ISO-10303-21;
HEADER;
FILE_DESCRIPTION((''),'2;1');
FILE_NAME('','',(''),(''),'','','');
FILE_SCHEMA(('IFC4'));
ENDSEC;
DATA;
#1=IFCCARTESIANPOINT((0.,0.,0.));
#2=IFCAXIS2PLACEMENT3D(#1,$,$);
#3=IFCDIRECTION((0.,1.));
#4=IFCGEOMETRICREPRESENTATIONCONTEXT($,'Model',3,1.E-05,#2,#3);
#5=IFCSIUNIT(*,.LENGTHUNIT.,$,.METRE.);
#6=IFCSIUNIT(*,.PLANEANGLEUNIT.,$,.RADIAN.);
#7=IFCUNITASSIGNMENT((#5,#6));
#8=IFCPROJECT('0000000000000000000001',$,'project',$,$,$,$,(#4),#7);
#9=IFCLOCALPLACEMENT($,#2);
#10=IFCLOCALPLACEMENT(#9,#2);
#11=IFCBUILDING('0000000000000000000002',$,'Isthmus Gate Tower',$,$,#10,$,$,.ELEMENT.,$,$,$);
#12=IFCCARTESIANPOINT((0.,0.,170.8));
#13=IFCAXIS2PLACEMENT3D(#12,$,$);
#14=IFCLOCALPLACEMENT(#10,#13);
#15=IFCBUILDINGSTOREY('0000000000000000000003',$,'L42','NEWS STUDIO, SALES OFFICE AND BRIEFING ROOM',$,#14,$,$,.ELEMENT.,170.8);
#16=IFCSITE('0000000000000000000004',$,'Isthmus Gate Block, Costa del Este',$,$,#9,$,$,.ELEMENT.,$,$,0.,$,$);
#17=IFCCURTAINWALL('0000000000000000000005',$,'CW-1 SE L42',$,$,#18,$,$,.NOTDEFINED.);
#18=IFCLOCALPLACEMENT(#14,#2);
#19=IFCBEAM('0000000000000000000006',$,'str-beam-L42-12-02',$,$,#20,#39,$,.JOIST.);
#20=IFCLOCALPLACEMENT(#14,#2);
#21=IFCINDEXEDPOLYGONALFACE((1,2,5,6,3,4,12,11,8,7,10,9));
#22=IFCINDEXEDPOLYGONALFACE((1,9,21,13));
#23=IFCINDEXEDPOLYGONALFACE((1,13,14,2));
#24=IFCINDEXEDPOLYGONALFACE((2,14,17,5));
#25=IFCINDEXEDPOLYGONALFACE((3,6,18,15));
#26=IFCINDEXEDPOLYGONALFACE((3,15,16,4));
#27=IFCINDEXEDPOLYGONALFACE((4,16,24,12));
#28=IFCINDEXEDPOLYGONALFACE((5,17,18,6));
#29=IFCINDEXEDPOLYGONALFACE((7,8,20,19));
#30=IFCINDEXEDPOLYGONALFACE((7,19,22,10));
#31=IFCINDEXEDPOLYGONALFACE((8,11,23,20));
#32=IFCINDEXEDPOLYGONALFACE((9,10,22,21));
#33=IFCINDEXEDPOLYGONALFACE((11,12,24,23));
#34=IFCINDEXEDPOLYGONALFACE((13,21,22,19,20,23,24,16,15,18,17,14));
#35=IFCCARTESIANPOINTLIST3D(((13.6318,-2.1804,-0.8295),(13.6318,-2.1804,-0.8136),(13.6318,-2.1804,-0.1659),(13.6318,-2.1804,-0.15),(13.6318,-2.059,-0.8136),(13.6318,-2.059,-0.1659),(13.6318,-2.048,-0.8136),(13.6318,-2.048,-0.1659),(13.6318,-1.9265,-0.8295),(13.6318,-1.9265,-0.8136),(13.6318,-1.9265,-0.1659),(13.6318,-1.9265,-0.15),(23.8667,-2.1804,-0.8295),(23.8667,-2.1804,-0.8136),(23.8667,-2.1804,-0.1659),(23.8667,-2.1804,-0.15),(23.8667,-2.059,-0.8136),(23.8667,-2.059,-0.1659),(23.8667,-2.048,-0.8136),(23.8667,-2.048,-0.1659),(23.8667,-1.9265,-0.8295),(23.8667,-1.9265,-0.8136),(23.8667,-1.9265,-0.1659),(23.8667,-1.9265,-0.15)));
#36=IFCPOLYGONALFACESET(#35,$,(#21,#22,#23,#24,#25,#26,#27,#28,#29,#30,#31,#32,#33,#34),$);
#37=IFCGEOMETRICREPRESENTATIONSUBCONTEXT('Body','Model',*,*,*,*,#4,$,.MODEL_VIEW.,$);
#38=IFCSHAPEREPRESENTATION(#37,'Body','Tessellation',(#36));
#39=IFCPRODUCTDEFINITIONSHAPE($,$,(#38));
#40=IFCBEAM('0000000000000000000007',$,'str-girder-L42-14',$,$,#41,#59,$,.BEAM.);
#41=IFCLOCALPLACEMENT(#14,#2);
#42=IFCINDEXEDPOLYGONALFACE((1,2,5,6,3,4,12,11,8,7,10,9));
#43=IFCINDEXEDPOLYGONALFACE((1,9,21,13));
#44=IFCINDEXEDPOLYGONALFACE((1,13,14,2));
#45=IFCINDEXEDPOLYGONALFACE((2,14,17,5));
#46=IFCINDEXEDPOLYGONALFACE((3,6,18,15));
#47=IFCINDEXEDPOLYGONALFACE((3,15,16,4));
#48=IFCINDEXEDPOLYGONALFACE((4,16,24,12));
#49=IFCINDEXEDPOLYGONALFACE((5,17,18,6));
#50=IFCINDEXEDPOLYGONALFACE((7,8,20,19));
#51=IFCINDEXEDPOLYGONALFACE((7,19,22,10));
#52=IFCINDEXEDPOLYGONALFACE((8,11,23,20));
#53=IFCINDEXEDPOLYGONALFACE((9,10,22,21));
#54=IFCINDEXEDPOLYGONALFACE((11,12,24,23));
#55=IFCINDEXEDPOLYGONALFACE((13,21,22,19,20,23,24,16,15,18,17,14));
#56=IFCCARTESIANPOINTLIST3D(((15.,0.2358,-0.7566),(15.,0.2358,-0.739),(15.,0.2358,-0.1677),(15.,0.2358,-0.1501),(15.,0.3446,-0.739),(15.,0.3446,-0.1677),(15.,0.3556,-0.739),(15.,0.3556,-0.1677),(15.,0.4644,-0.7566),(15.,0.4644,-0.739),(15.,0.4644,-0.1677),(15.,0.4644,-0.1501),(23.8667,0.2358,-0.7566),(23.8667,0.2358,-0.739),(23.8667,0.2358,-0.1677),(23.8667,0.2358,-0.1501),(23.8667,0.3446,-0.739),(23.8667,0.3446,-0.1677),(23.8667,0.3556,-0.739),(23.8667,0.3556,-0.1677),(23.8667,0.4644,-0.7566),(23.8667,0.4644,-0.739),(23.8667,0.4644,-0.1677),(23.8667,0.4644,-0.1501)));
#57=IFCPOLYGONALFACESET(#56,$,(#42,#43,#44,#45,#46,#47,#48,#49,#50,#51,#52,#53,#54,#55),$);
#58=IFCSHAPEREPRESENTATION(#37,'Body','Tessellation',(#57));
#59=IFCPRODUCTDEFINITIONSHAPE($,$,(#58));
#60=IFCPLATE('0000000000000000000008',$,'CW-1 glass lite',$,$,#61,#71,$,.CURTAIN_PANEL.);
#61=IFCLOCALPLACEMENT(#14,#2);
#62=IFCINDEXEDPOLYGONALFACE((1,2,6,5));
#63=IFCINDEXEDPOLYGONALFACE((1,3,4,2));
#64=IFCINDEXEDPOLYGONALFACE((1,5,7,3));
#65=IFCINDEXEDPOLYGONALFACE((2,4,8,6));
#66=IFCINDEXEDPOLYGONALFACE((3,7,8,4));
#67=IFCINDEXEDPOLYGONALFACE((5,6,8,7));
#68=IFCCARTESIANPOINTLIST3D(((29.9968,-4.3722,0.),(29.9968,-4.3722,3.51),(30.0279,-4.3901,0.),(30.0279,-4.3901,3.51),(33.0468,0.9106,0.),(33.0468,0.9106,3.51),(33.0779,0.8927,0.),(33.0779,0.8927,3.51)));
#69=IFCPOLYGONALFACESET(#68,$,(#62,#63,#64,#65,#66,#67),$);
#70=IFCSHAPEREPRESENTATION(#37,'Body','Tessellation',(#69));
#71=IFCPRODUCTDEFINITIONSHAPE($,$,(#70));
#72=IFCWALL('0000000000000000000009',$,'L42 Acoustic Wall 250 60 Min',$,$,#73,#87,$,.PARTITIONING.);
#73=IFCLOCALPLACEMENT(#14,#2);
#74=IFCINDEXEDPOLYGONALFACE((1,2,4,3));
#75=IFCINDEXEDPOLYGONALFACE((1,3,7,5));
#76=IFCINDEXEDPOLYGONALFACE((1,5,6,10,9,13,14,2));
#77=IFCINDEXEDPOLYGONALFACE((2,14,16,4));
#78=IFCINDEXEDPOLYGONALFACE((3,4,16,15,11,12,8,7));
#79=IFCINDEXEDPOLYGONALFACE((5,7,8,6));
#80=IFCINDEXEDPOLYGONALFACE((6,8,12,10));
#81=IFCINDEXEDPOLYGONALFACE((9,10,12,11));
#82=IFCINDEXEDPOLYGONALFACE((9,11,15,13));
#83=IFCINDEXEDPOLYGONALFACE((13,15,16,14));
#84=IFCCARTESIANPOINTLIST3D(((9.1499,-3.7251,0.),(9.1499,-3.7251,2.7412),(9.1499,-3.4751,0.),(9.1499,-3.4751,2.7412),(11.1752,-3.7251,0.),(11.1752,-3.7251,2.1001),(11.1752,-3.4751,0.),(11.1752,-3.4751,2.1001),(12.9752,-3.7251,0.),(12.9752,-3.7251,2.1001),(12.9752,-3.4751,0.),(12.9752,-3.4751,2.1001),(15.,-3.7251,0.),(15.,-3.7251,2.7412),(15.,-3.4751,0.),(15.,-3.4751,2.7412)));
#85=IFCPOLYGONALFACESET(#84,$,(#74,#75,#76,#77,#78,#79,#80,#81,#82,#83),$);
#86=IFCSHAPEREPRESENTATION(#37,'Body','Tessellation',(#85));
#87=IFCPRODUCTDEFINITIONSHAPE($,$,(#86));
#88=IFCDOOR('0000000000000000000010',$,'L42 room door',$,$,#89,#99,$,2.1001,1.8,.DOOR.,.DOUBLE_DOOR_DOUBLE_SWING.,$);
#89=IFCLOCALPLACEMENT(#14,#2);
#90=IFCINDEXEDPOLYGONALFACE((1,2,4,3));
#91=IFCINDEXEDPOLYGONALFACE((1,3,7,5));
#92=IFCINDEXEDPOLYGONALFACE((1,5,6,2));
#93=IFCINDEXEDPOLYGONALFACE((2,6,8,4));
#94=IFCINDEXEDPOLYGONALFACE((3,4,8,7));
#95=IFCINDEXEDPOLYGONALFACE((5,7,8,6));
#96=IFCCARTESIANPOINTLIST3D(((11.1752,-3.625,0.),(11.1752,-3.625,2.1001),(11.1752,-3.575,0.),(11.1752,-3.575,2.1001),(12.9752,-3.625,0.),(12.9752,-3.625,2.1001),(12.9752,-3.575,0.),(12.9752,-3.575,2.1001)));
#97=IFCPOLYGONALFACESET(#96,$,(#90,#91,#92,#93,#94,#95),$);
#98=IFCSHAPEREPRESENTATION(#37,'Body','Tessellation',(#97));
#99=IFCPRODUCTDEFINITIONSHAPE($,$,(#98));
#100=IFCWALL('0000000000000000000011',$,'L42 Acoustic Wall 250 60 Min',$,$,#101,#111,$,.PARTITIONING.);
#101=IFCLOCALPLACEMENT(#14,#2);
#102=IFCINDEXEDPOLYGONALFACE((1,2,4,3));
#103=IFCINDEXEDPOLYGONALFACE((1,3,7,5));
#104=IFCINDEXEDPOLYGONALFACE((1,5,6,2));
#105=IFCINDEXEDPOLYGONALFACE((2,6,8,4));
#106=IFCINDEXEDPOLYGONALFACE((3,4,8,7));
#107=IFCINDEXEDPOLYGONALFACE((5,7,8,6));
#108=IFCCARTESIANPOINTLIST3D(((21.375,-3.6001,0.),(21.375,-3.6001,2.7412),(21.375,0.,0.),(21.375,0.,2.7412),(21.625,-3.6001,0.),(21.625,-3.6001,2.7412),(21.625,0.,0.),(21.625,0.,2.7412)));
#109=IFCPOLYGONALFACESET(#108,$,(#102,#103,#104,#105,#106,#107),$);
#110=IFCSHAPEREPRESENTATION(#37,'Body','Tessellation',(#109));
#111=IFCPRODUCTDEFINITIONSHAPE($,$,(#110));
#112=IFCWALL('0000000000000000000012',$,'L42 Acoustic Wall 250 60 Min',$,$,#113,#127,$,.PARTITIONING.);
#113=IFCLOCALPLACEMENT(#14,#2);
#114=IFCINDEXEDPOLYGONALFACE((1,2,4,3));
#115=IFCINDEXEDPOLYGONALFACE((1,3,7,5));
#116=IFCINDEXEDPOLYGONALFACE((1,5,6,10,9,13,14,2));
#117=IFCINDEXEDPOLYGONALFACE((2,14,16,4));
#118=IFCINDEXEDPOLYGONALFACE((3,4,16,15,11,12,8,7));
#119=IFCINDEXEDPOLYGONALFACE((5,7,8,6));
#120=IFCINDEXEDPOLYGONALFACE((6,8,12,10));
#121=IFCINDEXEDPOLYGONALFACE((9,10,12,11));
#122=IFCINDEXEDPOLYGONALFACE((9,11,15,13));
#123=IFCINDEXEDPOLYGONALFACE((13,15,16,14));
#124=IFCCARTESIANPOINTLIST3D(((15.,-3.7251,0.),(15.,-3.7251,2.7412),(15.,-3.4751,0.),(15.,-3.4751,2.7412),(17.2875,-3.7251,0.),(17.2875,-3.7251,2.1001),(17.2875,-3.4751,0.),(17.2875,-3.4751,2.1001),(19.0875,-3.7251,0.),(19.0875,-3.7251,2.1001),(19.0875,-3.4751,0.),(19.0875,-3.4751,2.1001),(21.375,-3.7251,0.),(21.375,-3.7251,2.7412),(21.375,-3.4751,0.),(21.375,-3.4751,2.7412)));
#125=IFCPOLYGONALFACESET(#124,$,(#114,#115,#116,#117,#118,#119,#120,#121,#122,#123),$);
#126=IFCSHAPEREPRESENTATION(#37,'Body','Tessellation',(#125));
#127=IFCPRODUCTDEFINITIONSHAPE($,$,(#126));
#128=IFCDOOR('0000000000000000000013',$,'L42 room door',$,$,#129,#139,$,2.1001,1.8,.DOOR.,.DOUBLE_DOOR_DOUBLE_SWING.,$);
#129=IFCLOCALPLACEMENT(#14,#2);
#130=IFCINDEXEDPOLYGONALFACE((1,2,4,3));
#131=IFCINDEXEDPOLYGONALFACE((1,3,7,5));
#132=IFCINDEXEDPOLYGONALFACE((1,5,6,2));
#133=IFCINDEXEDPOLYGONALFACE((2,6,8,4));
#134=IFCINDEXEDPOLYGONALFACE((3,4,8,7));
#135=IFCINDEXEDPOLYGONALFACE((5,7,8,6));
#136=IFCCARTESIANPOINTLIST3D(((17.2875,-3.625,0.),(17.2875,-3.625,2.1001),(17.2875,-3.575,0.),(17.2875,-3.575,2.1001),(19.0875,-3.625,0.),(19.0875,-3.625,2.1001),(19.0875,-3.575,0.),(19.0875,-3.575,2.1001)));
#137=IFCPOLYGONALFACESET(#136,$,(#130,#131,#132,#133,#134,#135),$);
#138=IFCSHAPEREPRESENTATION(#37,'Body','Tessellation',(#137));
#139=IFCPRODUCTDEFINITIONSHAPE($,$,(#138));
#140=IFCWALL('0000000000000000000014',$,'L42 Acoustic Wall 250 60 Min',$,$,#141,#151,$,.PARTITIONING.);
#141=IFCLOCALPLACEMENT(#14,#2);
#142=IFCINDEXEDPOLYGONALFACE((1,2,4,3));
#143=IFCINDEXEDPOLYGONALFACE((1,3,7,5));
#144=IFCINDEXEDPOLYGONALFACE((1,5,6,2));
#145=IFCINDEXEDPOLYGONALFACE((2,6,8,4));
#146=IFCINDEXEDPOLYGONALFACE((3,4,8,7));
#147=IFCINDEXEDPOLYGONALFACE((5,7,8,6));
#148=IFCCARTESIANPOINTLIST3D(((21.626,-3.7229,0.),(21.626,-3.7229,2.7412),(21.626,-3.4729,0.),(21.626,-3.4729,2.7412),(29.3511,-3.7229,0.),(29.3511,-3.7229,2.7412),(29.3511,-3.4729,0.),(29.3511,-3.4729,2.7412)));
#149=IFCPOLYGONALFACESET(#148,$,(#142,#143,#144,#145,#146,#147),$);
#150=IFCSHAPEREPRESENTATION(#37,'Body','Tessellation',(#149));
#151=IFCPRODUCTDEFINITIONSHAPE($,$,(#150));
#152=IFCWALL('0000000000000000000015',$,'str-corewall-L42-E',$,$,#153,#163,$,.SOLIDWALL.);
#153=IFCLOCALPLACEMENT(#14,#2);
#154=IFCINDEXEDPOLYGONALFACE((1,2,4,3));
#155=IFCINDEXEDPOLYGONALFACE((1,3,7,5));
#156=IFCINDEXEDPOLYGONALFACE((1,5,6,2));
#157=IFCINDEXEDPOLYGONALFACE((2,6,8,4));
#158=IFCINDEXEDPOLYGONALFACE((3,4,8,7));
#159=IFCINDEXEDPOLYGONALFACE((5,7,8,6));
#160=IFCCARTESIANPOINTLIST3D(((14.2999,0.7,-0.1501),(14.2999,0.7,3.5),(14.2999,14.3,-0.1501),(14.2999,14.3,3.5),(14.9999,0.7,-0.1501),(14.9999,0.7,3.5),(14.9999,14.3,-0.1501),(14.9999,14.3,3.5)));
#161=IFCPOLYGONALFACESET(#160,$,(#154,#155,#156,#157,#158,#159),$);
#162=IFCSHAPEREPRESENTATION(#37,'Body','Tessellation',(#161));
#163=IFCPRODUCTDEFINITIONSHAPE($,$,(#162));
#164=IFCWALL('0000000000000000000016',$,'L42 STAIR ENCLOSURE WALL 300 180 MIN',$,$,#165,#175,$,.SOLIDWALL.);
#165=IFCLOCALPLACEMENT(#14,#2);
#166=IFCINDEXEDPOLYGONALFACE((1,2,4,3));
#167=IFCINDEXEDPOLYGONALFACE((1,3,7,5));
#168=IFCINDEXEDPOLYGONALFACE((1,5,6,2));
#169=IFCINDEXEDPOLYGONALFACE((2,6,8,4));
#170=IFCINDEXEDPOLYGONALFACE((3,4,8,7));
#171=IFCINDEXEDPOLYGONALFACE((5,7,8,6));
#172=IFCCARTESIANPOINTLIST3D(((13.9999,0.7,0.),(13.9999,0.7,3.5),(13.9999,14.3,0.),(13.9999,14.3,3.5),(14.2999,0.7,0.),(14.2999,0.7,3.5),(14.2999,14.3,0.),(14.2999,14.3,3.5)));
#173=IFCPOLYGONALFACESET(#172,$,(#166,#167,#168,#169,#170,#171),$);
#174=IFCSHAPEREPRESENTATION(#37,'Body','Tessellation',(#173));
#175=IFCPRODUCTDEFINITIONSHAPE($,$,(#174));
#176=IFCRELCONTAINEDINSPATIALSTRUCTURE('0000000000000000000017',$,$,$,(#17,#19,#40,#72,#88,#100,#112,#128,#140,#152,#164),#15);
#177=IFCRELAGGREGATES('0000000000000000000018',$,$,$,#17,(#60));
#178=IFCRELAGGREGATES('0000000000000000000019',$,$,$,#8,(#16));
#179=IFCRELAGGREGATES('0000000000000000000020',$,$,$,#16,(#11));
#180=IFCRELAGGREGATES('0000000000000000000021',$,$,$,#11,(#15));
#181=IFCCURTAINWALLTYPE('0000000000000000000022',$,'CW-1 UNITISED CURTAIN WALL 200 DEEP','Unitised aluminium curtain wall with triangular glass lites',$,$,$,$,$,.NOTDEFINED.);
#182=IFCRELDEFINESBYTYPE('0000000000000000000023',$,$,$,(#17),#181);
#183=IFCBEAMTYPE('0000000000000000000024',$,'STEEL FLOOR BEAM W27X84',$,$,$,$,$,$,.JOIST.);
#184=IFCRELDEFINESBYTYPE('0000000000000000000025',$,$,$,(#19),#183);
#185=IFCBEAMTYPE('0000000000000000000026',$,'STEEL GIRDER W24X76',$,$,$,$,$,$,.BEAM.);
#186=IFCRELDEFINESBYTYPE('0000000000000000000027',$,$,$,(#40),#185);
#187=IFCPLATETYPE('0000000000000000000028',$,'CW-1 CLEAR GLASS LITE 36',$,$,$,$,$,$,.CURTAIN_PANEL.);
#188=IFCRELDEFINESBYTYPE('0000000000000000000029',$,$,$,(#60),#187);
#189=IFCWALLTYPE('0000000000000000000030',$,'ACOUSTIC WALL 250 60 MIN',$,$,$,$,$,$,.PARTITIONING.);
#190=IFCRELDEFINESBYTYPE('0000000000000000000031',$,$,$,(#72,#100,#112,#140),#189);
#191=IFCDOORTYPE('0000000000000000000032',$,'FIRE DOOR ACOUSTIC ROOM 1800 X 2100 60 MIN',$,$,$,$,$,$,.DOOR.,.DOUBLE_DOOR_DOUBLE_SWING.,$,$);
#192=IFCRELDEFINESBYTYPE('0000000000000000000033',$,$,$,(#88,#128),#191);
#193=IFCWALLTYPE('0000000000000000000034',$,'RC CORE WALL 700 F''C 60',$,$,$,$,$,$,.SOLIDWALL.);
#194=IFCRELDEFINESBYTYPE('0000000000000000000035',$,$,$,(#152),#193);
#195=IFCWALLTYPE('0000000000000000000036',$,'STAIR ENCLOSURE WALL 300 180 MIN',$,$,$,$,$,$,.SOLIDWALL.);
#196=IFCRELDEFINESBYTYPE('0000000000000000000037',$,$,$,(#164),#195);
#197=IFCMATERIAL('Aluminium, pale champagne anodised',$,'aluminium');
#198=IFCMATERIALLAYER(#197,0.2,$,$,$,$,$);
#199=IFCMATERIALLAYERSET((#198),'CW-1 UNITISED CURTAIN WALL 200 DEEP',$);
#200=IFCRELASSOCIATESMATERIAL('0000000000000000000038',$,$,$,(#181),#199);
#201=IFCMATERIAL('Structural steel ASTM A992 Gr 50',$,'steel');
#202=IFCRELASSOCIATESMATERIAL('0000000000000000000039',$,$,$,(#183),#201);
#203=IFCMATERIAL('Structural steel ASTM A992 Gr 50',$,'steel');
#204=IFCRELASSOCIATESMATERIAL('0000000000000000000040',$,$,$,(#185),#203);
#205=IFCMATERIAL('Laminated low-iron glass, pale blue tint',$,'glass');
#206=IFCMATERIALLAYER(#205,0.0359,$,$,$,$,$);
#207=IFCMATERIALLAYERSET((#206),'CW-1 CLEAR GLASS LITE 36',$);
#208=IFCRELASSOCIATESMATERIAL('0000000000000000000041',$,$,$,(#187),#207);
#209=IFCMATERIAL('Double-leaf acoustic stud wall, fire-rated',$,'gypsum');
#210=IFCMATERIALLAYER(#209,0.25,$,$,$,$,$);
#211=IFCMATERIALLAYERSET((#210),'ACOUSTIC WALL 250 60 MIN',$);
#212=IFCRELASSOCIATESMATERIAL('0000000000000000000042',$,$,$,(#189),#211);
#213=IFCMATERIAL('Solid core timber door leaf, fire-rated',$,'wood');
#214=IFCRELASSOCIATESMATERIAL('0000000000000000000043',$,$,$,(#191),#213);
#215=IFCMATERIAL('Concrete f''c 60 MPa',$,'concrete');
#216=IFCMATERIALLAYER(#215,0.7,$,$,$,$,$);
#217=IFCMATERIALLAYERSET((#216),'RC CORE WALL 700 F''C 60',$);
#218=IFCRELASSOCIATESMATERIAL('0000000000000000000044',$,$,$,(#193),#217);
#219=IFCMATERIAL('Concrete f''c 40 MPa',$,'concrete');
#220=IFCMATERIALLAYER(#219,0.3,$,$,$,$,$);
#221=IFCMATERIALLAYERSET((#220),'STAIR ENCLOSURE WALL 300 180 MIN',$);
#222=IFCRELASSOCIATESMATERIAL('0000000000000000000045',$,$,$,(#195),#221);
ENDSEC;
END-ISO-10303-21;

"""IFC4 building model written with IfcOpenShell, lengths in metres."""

from ifc_helpers import new_model, si_unit, direction, frame, frame_2d, origin, origin_2d, place, context, subcontext, project, spatial, rectangle, i_section, extrude, material, layer, layer_set, material_profile, profile_set, type_object, element, fill, aggregate, save


model = new_model("IFC4")

# Units and contexts
model_context = context("Model", 3, precision=1e-05, world=origin(), true_north=direction((0.0, 1.0)))
body_context = subcontext(model_context, "Body", "Model", "MODEL_VIEW")
ifc_project = project(units=[si_unit("LENGTHUNIT", "METRE"), si_unit("PLANEANGLEUNIT", "RADIAN")], contexts=[model_context])

# Site, building, storey
site_placement = place(None, origin())
site = spatial("IfcSite", under=ifc_project, at=site_placement, Name="Isthmus Gate Block, Costa del Este", CompositionType="ELEMENT", RefElevation=0.0)
building_placement = place(site_placement, origin())
building = spatial("IfcBuilding", under=site, at=building_placement, Name="Isthmus Gate Tower", CompositionType="ELEMENT")
storey_placement = place(building_placement, frame((0.0, 0.0, 170.8)))
storey = spatial("IfcBuildingStorey", under=building, at=storey_placement, Name="L42", Description="NEWS STUDIO, SALES OFFICE AND BRIEFING ROOM", CompositionType="ELEMENT", Elevation=170.8)

# Curtain wall
ifc_material_1 = material(Name="Aluminium, pale champagne anodised", Category="aluminium")
ifc_layer_1 = layer(ifc_material_1, 0.2)
ifc_layer_set_1 = layer_set([ifc_layer_1], Name="CW-1 UNITISED CURTAIN WALL 200 DEEP")
curtain_wall_type = type_object("IfcCurtainWallType", Name="CW-1 UNITISED CURTAIN WALL 200 DEEP", Description="Unitised aluminium curtain wall with triangular glass lites", PredefinedType="NOTDEFINED", material=ifc_layer_set_1)
curtain_wall_1_placement = place(storey_placement, origin())
curtain_wall_1 = element("IfcCurtainWall", 1, at=curtain_wall_1_placement, inside=storey, type_object=curtain_wall_type, Name="CW-1 SE L42", PredefinedType="NOTDEFINED")

# Beams
ifc_material_2 = material(Name="Structural steel ASTM A992 Gr 50", Category="steel")
ifc_material_profile_1 = material_profile(ifc_material_2, i_section(OverallWidth=0.2539, OverallDepth=0.6794, WebThickness=0.011, FlangeThickness=0.0159, at=origin_2d()), Name="W27X84")
ifc_profile_set_1 = profile_set([ifc_material_profile_1], Name="Structural steel ASTM A992 Gr 50")
beam_type_1 = type_object("IfcBeamType", Name="STEEL FLOOR BEAM W27X84", PredefinedType="JOIST", material=ifc_profile_set_1)
beam_1_placement = place(storey_placement, frame((13.6318, -2.0535, -0.4897), z_axis=(1.0, 0.0, 0.0), x_axis=(0.0, 1.0, 0.0)))
element("IfcBeam", 2, at=beam_1_placement, inside=storey, type_object=beam_type_1, Name="str-beam-L42-12-02", PredefinedType="JOIST", context=body_context, shape_type="SweptSolid", body=[
    extrude(i_section(OverallWidth=0.2539, OverallDepth=0.6794, WebThickness=0.011, FlangeThickness=0.0159, at=origin_2d()), origin(), (0.0, 0.0, 1.0), 10.2349),
])
ifc_material_3 = material(Name="Structural steel ASTM A992 Gr 50", Category="steel")
ifc_material_profile_2 = material_profile(ifc_material_3, i_section(OverallWidth=0.2285, OverallDepth=0.6064, WebThickness=0.011, FlangeThickness=0.0176, at=origin_2d()), Name="W24X76")
ifc_profile_set_2 = profile_set([ifc_material_profile_2], Name="Structural steel ASTM A992 Gr 50")
beam_type_2 = type_object("IfcBeamType", Name="STEEL GIRDER W24X76", PredefinedType="BEAM", material=ifc_profile_set_2)
beam_2_placement = place(storey_placement, frame((15.0, 0.3501, -0.4534), z_axis=(1.0, 0.0, 0.0), x_axis=(0.0, 1.0, 0.0)))
element("IfcBeam", 3, at=beam_2_placement, inside=storey, type_object=beam_type_2, Name="str-girder-L42-14", PredefinedType="BEAM", context=body_context, shape_type="SweptSolid", body=[
    extrude(i_section(OverallWidth=0.2285, OverallDepth=0.6064, WebThickness=0.011, FlangeThickness=0.0176, at=origin_2d()), origin(), (0.0, 0.0, 1.0), 8.8667),
])

# Plate
ifc_material_4 = material(Name="Laminated low-iron glass, pale blue tint", Category="glass")
ifc_layer_2 = layer(ifc_material_4, 0.0359)
ifc_layer_set_2 = layer_set([ifc_layer_2], Name="CW-1 CLEAR GLASS LITE 36")
plate_type = type_object("IfcPlateType", Name="CW-1 CLEAR GLASS LITE 36", PredefinedType="CURTAIN_PANEL", material=ifc_layer_set_2)
plate_placement = place(storey_placement, frame((31.5374, -1.7397, 0.0), z_axis=(0.0, 0.0, 1.0), x_axis=(0.5, 0.866025, 0.0)))
plate = element("IfcPlate", 4, at=plate_placement, type_object=plate_type, Name="CW-1 glass lite", PredefinedType="CURTAIN_PANEL", context=body_context, shape_type="SweptSolid", body=[
    extrude(rectangle(XDim=6.1001, YDim=0.0359, at=origin_2d()), origin(), (0.0, 0.0, 1.0), 3.51),
])
aggregate(curtain_wall_1, [plate])

# Wall, opening, door
ifc_material_5 = material(Name="Double-leaf acoustic stud wall, fire-rated", Category="gypsum")
ifc_layer_3 = layer(ifc_material_5, 0.25)
ifc_layer_set_3 = layer_set([ifc_layer_3], Name="ACOUSTIC WALL 250 60 MIN")
wall_type_1 = type_object("IfcWallType", Name="ACOUSTIC WALL 250 60 MIN", PredefinedType="PARTITIONING", material=ifc_layer_set_3)
wall_1_placement = place(storey_placement, frame((15.0, -3.6001, 0.0), z_axis=(0.0, 0.0, 1.0), x_axis=(-1.0, 0.0, 0.0)))
wall_1 = element("IfcWall", 5, at=wall_1_placement, inside=storey, type_object=wall_type_1, Name="L42 Acoustic Wall 250 60 Min", PredefinedType="PARTITIONING", context=body_context, shape_type="SweptSolid", body=[
    extrude(rectangle(XDim=5.8501, YDim=0.25, at=frame_2d((2.925, 0.0))), origin(), (0.0, 0.0, 1.0), 2.7412),
])
opening_1_placement = place(wall_1_placement, frame((2.0249, 0.0, 0.0)))
opening_1 = element("IfcOpeningElement", 6, at=opening_1_placement, cuts=wall_1, PredefinedType="OPENING", context=body_context, shape_type="SweptSolid", body=[
    extrude(rectangle(XDim=1.8, YDim=2.1001, at=frame_2d((0.8999, 1.05))), frame((0.0, 0.135, 0.0), z_axis=(0.0, -1.0, 0.0), x_axis=(1.0, 0.0, 0.0)), (0.0, 0.0, 1.0), 0.27),
])
ifc_material_6 = material(Name="Solid core timber door leaf, fire-rated", Category="wood")
door_type = type_object("IfcDoorType", Name="FIRE DOOR ACOUSTIC ROOM 1800 X 2100 60 MIN", OperationType="DOUBLE_DOOR_DOUBLE_SWING", PredefinedType="DOOR", material=ifc_material_6)
door_1_placement = place(opening_1_placement, origin())
door_1 = element("IfcDoor", 7, at=door_1_placement, inside=storey, type_object=door_type, Name="L42 room door", OperationType="DOUBLE_DOOR_DOUBLE_SWING", OverallHeight=2.1001, OverallWidth=1.8, PredefinedType="DOOR", context=body_context, shape_type="SweptSolid", body=[
    extrude(rectangle(XDim=1.8, YDim=2.1001, at=frame_2d((0.8999, 1.05))), frame((0.0, 0.0249, 0.0), z_axis=(0.0, -1.0, 0.0), x_axis=(1.0, 0.0, 0.0)), (0.0, 0.0, 1.0), 0.05),
])
fill(opening_1, door_1)

# Wall
wall_2_placement = place(storey_placement, frame((21.5, 0.0, 0.0), z_axis=(0.0, 0.0, 1.0), x_axis=(0.0, -1.0, 0.0)))
element("IfcWall", 8, at=wall_2_placement, inside=storey, type_object=wall_type_1, Name="L42 Acoustic Wall 250 60 Min", PredefinedType="PARTITIONING", context=body_context, shape_type="SweptSolid", body=[
    extrude(rectangle(XDim=3.6001, YDim=0.25, at=frame_2d((1.8, 0.0))), origin(), (0.0, 0.0, 1.0), 2.7412),
])

# Wall, opening, door
wall_3_placement = place(storey_placement, frame((21.375, -3.6001, 0.0), z_axis=(0.0, 0.0, 1.0), x_axis=(-1.0, 0.0, 0.0)))
wall_3 = element("IfcWall", 9, at=wall_3_placement, inside=storey, type_object=wall_type_1, Name="L42 Acoustic Wall 250 60 Min", PredefinedType="PARTITIONING", context=body_context, shape_type="SweptSolid", body=[
    extrude(rectangle(XDim=6.375, YDim=0.25, at=frame_2d((3.1875, 0.0))), origin(), (0.0, 0.0, 1.0), 2.7412),
])
opening_2_placement = place(wall_3_placement, frame((2.2876, 0.0, 0.0)))
opening_2 = element("IfcOpeningElement", 10, at=opening_2_placement, cuts=wall_3, PredefinedType="OPENING", context=body_context, shape_type="SweptSolid", body=[
    extrude(rectangle(XDim=1.8, YDim=2.1001, at=frame_2d((0.8999, 1.05))), frame((0.0, 0.135, 0.0), z_axis=(0.0, -1.0, 0.0), x_axis=(1.0, 0.0, 0.0)), (0.0, 0.0, 1.0), 0.27),
])
door_2_placement = place(opening_2_placement, origin())
door_2 = element("IfcDoor", 11, at=door_2_placement, inside=storey, type_object=door_type, Name="L42 room door", OperationType="DOUBLE_DOOR_DOUBLE_SWING", OverallHeight=2.1001, OverallWidth=1.8, PredefinedType="DOOR", context=body_context, shape_type="SweptSolid", body=[
    extrude(rectangle(XDim=1.8, YDim=2.1001, at=frame_2d((0.8999, 1.05))), frame((0.0, 0.0249, 0.0), z_axis=(0.0, -1.0, 0.0), x_axis=(1.0, 0.0, 0.0)), (0.0, 0.0, 1.0), 0.05),
])
fill(opening_2, door_2)

# Walls
wall_4_placement = place(storey_placement, frame((21.626, -3.5979, 0.0), z_axis=(0.0, 0.0, 1.0), x_axis=(1.0, 0.0, 0.0)))
element("IfcWall", 12, at=wall_4_placement, inside=storey, type_object=wall_type_1, Name="L42 Acoustic Wall 250 60 Min", PredefinedType="PARTITIONING", context=body_context, shape_type="SweptSolid", body=[
    extrude(rectangle(XDim=7.7251, YDim=0.25, at=frame_2d((3.8625, 0.0))), origin(), (0.0, 0.0, 1.0), 2.7412),
])
ifc_material_7 = material(Name="Concrete f'c 60 MPa", Category="concrete")
ifc_layer_4 = layer(ifc_material_7, 0.7)
ifc_layer_set_4 = layer_set([ifc_layer_4], Name="RC CORE WALL 700 F'C 60")
wall_type_2 = type_object("IfcWallType", Name="RC CORE WALL 700 F'C 60", PredefinedType="SOLIDWALL", material=ifc_layer_set_4)
wall_5_placement = place(storey_placement, frame((14.6499, 0.7, -0.1501), z_axis=(0.0, 0.0, 1.0), x_axis=(0.0, 1.0, 0.0)))
element("IfcWall", 13, at=wall_5_placement, inside=storey, type_object=wall_type_2, Name="str-corewall-L42-E", PredefinedType="SOLIDWALL", context=body_context, shape_type="SweptSolid", body=[
    extrude(rectangle(XDim=13.6001, YDim=0.7, at=frame_2d((6.8, 0.0))), origin(), (0.0, 0.0, 1.0), 3.6501),
])
ifc_material_8 = material(Name="Concrete f'c 40 MPa", Category="concrete")
ifc_layer_5 = layer(ifc_material_8, 0.3)
ifc_layer_set_5 = layer_set([ifc_layer_5], Name="STAIR ENCLOSURE WALL 300 180 MIN")
wall_type_3 = type_object("IfcWallType", Name="STAIR ENCLOSURE WALL 300 180 MIN", PredefinedType="SOLIDWALL", material=ifc_layer_set_5)
wall_6_placement = place(storey_placement, frame((14.1499, 0.7, 0.0), z_axis=(0.0, 0.0, 1.0), x_axis=(0.0, 1.0, 0.0)))
element("IfcWall", 14, at=wall_6_placement, inside=storey, type_object=wall_type_3, Name="L42 STAIR ENCLOSURE WALL 300 180 MIN", PredefinedType="SOLIDWALL", context=body_context, shape_type="SweptSolid", body=[
    extrude(rectangle(XDim=13.6001, YDim=0.3, at=frame_2d((6.8, 0.0))), origin(), (0.0, 0.0, 1.0), 3.5),
])

save(model, "model.ifc")
